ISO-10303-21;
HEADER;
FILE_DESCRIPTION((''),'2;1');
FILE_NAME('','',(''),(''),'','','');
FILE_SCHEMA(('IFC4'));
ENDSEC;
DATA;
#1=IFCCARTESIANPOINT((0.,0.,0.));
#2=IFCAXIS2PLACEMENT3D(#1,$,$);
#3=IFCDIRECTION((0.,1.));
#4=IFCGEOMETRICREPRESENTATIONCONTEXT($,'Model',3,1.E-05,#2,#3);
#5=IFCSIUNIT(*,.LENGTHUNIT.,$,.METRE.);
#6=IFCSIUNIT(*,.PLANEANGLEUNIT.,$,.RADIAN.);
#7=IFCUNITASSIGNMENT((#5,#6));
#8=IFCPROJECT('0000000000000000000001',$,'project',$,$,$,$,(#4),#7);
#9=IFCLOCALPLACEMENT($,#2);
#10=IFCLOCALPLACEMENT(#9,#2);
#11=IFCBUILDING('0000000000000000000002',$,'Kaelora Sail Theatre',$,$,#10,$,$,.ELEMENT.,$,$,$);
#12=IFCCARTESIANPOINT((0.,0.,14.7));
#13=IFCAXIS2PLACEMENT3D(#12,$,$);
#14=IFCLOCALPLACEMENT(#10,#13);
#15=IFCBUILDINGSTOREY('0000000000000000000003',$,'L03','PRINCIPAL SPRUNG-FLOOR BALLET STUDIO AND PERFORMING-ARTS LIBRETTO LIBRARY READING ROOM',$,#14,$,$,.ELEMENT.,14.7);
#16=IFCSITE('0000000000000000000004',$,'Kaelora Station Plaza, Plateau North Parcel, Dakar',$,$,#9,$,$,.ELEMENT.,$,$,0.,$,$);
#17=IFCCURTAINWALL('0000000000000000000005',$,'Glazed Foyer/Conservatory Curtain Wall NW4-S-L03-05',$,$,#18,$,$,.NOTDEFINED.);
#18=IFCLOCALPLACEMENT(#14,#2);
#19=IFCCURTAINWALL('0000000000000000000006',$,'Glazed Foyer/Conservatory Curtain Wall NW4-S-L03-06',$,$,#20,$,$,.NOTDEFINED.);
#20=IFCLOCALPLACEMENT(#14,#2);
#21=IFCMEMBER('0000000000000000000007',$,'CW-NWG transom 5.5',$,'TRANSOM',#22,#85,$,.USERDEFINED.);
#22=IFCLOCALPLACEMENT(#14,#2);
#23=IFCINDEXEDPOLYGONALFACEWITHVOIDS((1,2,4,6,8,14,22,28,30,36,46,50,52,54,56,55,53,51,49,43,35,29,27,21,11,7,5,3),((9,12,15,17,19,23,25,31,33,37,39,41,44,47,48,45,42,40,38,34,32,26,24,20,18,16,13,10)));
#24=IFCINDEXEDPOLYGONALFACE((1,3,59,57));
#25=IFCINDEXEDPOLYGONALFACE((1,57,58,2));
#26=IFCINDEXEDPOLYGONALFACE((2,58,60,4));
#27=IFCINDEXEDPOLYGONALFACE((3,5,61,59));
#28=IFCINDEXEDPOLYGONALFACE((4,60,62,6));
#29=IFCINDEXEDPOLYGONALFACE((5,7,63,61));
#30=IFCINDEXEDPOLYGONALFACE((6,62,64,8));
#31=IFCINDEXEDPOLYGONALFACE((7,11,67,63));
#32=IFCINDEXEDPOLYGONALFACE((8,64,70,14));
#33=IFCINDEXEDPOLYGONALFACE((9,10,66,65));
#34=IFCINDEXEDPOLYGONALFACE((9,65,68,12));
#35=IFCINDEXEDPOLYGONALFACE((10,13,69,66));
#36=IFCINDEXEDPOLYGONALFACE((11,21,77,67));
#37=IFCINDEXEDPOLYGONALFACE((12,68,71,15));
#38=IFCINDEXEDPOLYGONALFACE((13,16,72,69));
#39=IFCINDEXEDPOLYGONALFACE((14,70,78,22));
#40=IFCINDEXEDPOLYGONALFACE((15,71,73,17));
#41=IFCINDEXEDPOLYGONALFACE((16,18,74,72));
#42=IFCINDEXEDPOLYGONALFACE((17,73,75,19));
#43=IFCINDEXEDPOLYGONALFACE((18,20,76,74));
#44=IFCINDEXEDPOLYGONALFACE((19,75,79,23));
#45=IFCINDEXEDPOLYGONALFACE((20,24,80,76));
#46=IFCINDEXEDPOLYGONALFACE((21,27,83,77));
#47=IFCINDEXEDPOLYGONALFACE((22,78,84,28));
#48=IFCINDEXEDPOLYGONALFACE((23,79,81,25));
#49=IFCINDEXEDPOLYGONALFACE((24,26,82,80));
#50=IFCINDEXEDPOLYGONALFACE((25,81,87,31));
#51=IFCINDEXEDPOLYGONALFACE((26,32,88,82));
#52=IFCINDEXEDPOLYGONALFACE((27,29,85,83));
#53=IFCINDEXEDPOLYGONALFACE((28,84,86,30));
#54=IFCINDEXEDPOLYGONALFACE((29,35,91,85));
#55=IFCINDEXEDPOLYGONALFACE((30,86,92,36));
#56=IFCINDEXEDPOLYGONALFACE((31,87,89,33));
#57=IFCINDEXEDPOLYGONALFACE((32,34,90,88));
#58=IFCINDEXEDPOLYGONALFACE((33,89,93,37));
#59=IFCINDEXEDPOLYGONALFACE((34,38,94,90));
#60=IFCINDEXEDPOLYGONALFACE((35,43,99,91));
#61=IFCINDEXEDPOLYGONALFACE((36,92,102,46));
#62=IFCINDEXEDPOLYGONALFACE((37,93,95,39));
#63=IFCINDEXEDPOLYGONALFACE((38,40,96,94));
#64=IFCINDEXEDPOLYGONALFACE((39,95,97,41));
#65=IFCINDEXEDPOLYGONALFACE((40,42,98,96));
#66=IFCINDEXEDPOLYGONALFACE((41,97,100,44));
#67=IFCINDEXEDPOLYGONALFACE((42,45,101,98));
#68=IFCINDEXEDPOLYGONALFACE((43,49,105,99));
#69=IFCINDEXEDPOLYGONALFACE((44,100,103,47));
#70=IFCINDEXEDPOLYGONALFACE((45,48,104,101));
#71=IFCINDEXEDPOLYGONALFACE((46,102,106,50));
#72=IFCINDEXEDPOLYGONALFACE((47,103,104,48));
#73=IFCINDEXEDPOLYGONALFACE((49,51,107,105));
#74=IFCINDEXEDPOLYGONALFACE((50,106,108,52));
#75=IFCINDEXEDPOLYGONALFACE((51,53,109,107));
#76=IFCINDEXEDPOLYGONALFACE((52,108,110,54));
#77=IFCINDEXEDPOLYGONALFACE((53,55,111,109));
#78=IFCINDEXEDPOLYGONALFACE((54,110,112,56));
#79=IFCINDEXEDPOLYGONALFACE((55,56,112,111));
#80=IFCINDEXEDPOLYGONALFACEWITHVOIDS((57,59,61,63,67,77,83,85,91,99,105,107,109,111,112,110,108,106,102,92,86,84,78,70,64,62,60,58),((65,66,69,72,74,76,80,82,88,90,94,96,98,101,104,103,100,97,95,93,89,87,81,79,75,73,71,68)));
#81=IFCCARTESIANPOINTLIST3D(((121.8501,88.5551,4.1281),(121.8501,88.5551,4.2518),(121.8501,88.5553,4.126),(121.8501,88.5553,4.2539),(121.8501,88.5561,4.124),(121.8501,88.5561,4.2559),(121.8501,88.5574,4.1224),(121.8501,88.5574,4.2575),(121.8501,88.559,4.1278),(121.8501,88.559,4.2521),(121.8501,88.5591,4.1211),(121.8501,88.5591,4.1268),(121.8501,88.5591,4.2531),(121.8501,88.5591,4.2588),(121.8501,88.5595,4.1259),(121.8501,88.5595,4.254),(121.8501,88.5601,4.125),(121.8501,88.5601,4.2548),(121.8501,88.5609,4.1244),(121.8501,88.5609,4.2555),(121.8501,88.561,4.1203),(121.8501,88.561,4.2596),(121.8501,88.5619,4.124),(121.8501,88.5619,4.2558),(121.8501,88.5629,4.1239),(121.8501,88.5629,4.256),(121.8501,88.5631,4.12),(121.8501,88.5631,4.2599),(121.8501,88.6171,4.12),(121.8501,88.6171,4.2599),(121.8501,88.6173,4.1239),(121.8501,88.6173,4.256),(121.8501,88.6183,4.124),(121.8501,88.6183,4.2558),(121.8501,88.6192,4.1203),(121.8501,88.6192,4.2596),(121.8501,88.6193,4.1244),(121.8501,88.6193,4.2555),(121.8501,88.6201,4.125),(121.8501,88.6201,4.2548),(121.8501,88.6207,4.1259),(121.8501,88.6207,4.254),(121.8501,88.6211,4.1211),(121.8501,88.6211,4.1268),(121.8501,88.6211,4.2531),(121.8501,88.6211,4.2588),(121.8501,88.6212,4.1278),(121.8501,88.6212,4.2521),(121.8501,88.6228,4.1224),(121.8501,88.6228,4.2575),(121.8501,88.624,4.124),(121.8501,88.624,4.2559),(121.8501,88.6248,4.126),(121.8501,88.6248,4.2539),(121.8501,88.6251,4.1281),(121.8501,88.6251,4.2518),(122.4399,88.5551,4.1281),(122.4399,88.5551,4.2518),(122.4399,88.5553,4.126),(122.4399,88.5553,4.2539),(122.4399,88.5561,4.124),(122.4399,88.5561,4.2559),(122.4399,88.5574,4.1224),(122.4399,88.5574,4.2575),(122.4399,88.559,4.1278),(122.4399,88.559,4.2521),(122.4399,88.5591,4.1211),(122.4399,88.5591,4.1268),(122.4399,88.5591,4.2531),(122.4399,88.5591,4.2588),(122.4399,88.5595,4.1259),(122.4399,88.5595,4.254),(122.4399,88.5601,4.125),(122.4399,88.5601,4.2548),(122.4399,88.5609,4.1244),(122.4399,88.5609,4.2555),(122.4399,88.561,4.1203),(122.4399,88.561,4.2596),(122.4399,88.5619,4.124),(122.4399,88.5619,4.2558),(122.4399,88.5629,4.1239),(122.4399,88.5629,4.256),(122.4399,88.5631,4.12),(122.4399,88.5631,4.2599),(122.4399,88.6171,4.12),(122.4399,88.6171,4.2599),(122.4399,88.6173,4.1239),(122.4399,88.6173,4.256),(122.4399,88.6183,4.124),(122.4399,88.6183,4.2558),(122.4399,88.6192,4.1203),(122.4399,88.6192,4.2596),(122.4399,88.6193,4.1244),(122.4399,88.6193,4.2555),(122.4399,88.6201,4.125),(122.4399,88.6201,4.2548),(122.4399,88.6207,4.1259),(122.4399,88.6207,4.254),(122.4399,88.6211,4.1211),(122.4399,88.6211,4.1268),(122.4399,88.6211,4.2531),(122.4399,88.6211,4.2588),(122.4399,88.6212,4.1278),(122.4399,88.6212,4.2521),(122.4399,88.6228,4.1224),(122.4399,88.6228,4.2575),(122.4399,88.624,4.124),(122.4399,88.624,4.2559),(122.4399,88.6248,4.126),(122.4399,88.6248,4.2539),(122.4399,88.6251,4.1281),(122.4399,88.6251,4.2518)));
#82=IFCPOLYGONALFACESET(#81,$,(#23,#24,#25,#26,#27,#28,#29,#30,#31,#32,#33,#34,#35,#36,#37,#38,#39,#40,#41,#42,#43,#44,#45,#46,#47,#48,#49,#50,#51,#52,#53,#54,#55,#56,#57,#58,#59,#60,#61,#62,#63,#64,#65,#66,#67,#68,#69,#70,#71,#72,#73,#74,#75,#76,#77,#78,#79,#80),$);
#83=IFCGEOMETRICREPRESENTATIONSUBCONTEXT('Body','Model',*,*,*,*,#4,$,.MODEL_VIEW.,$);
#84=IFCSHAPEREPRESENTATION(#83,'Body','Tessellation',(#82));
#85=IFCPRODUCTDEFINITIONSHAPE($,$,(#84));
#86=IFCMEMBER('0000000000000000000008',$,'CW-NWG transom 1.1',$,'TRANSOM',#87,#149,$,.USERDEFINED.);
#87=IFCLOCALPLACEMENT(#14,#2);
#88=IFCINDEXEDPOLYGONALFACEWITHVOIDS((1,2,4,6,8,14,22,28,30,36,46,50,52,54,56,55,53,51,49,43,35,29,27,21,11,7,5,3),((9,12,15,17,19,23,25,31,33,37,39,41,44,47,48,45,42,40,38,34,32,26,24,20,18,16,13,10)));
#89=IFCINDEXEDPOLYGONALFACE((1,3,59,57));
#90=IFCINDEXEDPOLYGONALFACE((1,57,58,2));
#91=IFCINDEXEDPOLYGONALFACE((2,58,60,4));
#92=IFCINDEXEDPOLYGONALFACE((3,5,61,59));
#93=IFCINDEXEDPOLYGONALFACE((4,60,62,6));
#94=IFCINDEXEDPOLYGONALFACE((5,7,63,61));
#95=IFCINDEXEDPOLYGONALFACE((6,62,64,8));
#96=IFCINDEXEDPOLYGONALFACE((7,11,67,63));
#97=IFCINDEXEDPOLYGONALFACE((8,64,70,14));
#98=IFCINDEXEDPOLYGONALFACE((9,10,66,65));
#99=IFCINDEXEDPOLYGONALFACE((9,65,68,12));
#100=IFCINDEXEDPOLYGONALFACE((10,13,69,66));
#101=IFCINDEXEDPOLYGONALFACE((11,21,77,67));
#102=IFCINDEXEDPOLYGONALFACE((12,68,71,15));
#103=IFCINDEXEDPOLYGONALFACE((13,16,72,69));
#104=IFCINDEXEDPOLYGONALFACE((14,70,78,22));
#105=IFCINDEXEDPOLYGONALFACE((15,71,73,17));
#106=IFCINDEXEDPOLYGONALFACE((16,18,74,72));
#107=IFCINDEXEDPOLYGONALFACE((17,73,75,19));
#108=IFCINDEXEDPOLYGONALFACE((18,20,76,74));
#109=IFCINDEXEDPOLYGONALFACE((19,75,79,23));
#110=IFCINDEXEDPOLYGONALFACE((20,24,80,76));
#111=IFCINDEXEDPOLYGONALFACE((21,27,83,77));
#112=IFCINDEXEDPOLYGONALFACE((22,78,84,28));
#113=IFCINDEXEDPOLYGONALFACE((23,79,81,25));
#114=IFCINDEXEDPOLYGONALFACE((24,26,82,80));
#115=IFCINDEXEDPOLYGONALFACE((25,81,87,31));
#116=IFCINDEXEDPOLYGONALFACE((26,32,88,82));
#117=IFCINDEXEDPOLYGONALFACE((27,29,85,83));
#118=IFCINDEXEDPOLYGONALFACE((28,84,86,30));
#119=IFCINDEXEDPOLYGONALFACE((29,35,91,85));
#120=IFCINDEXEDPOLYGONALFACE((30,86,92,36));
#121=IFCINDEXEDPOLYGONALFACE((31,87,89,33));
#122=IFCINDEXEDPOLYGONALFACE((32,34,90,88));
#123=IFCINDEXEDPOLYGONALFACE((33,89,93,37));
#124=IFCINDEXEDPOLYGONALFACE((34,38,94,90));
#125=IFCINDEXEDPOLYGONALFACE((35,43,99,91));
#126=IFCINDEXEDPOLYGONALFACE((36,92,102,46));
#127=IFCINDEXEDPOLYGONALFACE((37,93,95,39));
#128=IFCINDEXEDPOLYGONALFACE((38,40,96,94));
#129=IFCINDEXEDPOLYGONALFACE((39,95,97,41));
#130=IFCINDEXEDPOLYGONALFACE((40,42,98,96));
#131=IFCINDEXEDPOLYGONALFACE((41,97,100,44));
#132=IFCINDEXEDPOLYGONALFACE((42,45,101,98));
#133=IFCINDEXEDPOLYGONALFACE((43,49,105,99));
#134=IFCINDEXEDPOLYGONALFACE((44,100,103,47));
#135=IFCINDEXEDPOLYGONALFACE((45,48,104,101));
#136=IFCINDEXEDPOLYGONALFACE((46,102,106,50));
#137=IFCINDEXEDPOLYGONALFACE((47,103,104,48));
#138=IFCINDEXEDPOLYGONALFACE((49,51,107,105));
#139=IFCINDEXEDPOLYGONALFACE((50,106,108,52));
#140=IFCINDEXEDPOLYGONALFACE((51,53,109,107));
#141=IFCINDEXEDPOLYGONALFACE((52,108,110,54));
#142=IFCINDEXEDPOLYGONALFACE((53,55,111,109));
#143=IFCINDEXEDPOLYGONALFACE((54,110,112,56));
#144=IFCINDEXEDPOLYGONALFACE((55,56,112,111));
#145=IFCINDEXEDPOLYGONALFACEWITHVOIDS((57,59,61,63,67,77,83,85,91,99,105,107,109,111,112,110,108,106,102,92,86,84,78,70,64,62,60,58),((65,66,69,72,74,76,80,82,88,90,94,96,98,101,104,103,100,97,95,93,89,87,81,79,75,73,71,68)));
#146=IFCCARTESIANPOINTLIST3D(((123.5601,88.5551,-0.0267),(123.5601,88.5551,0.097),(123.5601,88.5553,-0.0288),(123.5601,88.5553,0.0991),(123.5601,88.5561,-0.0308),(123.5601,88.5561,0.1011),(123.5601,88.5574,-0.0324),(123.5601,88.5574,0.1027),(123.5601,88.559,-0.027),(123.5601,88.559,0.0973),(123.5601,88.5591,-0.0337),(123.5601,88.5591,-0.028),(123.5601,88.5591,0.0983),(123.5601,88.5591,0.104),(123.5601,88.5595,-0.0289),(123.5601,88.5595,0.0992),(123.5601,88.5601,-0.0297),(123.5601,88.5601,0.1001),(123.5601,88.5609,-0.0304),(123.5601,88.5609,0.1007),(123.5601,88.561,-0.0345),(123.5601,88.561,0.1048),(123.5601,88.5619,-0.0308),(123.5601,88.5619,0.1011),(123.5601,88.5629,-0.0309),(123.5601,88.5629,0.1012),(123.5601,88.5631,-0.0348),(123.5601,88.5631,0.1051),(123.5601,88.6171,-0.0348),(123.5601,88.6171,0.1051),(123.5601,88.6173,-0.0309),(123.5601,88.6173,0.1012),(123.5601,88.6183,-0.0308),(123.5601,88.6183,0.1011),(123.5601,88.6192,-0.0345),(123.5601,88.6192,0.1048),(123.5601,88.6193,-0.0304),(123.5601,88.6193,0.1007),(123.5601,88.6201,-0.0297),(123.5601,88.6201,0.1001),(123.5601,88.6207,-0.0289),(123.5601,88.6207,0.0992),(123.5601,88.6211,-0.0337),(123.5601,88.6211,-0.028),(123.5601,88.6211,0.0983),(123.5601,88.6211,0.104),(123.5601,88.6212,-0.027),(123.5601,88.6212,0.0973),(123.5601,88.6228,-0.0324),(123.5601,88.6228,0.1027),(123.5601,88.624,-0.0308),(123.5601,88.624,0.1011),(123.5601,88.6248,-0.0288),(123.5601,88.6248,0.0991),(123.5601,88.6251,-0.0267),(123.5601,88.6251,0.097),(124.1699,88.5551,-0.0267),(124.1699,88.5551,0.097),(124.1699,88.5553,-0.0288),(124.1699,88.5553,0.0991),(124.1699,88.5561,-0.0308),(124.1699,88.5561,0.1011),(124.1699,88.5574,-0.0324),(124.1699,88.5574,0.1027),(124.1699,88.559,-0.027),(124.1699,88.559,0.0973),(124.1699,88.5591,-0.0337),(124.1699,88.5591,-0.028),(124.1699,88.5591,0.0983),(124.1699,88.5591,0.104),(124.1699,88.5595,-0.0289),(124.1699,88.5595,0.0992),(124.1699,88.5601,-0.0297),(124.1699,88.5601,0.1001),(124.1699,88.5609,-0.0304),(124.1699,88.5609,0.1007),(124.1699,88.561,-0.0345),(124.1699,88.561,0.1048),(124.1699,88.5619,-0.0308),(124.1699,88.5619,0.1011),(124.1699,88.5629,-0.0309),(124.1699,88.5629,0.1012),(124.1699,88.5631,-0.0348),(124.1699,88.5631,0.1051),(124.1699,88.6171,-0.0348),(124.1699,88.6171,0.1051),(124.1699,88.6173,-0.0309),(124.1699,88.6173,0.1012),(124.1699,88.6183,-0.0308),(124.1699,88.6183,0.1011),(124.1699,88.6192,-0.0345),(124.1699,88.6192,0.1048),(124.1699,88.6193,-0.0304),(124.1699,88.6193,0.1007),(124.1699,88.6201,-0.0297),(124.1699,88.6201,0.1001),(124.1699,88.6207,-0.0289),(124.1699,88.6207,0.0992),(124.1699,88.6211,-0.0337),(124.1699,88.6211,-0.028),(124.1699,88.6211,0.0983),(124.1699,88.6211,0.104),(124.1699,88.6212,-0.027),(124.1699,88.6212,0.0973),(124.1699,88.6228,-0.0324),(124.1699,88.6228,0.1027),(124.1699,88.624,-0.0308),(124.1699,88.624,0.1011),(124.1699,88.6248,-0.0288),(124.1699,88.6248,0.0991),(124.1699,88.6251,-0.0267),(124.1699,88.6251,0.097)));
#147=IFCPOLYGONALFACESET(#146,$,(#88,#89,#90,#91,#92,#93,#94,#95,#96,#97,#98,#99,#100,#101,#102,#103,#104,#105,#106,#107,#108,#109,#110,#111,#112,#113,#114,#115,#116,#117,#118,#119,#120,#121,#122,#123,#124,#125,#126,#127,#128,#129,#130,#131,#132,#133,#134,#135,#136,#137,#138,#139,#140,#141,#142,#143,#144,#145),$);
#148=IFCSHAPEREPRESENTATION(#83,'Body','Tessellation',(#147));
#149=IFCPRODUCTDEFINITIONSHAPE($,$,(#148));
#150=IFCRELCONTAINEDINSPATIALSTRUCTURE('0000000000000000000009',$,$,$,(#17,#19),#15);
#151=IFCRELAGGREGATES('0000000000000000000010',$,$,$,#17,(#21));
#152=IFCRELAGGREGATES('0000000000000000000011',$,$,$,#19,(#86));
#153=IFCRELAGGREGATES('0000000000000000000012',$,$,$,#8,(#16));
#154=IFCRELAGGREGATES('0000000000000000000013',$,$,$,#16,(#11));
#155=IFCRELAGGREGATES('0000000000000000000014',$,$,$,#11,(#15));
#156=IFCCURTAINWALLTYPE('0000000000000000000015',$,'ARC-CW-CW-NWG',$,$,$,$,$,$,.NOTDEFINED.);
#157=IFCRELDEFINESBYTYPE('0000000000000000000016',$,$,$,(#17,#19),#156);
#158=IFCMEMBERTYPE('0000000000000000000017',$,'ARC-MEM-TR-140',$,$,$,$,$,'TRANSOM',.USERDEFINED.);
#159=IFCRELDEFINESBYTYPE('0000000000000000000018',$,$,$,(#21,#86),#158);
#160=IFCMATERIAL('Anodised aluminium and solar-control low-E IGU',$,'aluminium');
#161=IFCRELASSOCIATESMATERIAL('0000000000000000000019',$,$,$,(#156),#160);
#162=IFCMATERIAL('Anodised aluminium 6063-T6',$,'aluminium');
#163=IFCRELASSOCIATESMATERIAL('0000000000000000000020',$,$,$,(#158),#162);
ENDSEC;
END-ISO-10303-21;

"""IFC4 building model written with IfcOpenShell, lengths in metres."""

from ifc_helpers import new_model, si_unit, direction, frame, origin, origin_2d, place, context, subcontext, project, spatial, hollow_rectangle, extrude, material, material_profile, profile_set, type_object, element, aggregate, save


model = new_model("IFC4")

# Units and contexts
model_context = context("Model", 3, precision=1e-05, world=origin(), true_north=direction((0.0, 1.0)))
body_context = subcontext(model_context, "Body", "Model", "MODEL_VIEW")
ifc_project = project(units=[si_unit("LENGTHUNIT", "METRE"), si_unit("PLANEANGLEUNIT", "RADIAN")], contexts=[model_context])

# Site, building, storey
site_placement = place(None, origin())
site = spatial("IfcSite", under=ifc_project, at=site_placement, Name="Kaelora Station Plaza, Plateau North Parcel, Dakar", CompositionType="ELEMENT", RefElevation=0.0)
building_placement = place(site_placement, origin())
building = spatial("IfcBuilding", under=site, at=building_placement, Name="Kaelora Sail Theatre", CompositionType="ELEMENT")
storey_placement = place(building_placement, frame((0.0, 0.0, 14.7)))
storey = spatial("IfcBuildingStorey", under=building, at=storey_placement, Name="L03", Description="PRINCIPAL SPRUNG-FLOOR BALLET STUDIO AND PERFORMING-ARTS LIBRETTO LIBRARY READING ROOM", CompositionType="ELEMENT", Elevation=14.7)

# Curtain walls
ifc_material_1 = material(Name="Anodised aluminium and solar-control low-E IGU", Category="aluminium")
curtain_wall_type = type_object("IfcCurtainWallType", Name="ARC-CW-CW-NWG", PredefinedType="NOTDEFINED", material=ifc_material_1)
curtain_wall_1_placement = place(storey_placement, origin())
curtain_wall_1 = element("IfcCurtainWall", 1, at=curtain_wall_1_placement, inside=storey, type_object=curtain_wall_type, Name="Glazed Foyer/Conservatory Curtain Wall NW4-S-L03-05", PredefinedType="NOTDEFINED")
curtain_wall_2_placement = place(storey_placement, origin())
curtain_wall_2 = element("IfcCurtainWall", 2, at=curtain_wall_2_placement, inside=storey, type_object=curtain_wall_type, Name="Glazed Foyer/Conservatory Curtain Wall NW4-S-L03-06", PredefinedType="NOTDEFINED")

# Members
ifc_material_2 = material(Name="Anodised aluminium 6063-T6", Category="aluminium")
ifc_material_profile_1 = material_profile(ifc_material_2, hollow_rectangle(XDim=0.0701, YDim=0.1399, WallThickness=0.0039, InnerFilletRadius=0.0039, OuterFilletRadius=0.0081, at=origin_2d()), Name="ALU-TRAN 70x140x4")
ifc_profile_set_1 = profile_set([ifc_material_profile_1], Name="Anodised aluminium 6063-T6")
member_type_1 = type_object("IfcMemberType", Name="ARC-MEM-TR-140", ElementType="TRANSOM", PredefinedType="USERDEFINED", material=ifc_profile_set_1)
member_1_placement = place(storey_placement, frame((121.8501, 88.5901, 4.1899), z_axis=(1.0, 0.0, 0.0), x_axis=(0.0, 1.0, 0.0)))
member_1 = element("IfcMember", 3, at=member_1_placement, type_object=member_type_1, Name="CW-NWG transom 5.5", ObjectType="TRANSOM", PredefinedType="USERDEFINED", context=body_context, shape_type="SweptSolid", body=[
    extrude(hollow_rectangle(XDim=0.0701, YDim=0.1399, WallThickness=0.0039, InnerFilletRadius=0.0039, OuterFilletRadius=0.0081, at=origin_2d()), origin(), (0.0, 0.0, 1.0), 0.5898),
])
member_2_placement = place(storey_placement, frame((123.5601, 88.5901, 0.0352), z_axis=(1.0, 0.0, 0.0), x_axis=(0.0, 1.0, 0.0)))
member_2 = element("IfcMember", 4, at=member_2_placement, type_object=member_type_1, Name="CW-NWG transom 1.1", ObjectType="TRANSOM", PredefinedType="USERDEFINED", context=body_context, shape_type="SweptSolid", body=[
    extrude(hollow_rectangle(XDim=0.0701, YDim=0.1399, WallThickness=0.0039, InnerFilletRadius=0.0039, OuterFilletRadius=0.0081, at=origin_2d()), origin(), (0.0, 0.0, 1.0), 0.6099),
])

aggregate(curtain_wall_1, [member_1])
aggregate(curtain_wall_2, [member_2])

save(model, "model.ifc")
